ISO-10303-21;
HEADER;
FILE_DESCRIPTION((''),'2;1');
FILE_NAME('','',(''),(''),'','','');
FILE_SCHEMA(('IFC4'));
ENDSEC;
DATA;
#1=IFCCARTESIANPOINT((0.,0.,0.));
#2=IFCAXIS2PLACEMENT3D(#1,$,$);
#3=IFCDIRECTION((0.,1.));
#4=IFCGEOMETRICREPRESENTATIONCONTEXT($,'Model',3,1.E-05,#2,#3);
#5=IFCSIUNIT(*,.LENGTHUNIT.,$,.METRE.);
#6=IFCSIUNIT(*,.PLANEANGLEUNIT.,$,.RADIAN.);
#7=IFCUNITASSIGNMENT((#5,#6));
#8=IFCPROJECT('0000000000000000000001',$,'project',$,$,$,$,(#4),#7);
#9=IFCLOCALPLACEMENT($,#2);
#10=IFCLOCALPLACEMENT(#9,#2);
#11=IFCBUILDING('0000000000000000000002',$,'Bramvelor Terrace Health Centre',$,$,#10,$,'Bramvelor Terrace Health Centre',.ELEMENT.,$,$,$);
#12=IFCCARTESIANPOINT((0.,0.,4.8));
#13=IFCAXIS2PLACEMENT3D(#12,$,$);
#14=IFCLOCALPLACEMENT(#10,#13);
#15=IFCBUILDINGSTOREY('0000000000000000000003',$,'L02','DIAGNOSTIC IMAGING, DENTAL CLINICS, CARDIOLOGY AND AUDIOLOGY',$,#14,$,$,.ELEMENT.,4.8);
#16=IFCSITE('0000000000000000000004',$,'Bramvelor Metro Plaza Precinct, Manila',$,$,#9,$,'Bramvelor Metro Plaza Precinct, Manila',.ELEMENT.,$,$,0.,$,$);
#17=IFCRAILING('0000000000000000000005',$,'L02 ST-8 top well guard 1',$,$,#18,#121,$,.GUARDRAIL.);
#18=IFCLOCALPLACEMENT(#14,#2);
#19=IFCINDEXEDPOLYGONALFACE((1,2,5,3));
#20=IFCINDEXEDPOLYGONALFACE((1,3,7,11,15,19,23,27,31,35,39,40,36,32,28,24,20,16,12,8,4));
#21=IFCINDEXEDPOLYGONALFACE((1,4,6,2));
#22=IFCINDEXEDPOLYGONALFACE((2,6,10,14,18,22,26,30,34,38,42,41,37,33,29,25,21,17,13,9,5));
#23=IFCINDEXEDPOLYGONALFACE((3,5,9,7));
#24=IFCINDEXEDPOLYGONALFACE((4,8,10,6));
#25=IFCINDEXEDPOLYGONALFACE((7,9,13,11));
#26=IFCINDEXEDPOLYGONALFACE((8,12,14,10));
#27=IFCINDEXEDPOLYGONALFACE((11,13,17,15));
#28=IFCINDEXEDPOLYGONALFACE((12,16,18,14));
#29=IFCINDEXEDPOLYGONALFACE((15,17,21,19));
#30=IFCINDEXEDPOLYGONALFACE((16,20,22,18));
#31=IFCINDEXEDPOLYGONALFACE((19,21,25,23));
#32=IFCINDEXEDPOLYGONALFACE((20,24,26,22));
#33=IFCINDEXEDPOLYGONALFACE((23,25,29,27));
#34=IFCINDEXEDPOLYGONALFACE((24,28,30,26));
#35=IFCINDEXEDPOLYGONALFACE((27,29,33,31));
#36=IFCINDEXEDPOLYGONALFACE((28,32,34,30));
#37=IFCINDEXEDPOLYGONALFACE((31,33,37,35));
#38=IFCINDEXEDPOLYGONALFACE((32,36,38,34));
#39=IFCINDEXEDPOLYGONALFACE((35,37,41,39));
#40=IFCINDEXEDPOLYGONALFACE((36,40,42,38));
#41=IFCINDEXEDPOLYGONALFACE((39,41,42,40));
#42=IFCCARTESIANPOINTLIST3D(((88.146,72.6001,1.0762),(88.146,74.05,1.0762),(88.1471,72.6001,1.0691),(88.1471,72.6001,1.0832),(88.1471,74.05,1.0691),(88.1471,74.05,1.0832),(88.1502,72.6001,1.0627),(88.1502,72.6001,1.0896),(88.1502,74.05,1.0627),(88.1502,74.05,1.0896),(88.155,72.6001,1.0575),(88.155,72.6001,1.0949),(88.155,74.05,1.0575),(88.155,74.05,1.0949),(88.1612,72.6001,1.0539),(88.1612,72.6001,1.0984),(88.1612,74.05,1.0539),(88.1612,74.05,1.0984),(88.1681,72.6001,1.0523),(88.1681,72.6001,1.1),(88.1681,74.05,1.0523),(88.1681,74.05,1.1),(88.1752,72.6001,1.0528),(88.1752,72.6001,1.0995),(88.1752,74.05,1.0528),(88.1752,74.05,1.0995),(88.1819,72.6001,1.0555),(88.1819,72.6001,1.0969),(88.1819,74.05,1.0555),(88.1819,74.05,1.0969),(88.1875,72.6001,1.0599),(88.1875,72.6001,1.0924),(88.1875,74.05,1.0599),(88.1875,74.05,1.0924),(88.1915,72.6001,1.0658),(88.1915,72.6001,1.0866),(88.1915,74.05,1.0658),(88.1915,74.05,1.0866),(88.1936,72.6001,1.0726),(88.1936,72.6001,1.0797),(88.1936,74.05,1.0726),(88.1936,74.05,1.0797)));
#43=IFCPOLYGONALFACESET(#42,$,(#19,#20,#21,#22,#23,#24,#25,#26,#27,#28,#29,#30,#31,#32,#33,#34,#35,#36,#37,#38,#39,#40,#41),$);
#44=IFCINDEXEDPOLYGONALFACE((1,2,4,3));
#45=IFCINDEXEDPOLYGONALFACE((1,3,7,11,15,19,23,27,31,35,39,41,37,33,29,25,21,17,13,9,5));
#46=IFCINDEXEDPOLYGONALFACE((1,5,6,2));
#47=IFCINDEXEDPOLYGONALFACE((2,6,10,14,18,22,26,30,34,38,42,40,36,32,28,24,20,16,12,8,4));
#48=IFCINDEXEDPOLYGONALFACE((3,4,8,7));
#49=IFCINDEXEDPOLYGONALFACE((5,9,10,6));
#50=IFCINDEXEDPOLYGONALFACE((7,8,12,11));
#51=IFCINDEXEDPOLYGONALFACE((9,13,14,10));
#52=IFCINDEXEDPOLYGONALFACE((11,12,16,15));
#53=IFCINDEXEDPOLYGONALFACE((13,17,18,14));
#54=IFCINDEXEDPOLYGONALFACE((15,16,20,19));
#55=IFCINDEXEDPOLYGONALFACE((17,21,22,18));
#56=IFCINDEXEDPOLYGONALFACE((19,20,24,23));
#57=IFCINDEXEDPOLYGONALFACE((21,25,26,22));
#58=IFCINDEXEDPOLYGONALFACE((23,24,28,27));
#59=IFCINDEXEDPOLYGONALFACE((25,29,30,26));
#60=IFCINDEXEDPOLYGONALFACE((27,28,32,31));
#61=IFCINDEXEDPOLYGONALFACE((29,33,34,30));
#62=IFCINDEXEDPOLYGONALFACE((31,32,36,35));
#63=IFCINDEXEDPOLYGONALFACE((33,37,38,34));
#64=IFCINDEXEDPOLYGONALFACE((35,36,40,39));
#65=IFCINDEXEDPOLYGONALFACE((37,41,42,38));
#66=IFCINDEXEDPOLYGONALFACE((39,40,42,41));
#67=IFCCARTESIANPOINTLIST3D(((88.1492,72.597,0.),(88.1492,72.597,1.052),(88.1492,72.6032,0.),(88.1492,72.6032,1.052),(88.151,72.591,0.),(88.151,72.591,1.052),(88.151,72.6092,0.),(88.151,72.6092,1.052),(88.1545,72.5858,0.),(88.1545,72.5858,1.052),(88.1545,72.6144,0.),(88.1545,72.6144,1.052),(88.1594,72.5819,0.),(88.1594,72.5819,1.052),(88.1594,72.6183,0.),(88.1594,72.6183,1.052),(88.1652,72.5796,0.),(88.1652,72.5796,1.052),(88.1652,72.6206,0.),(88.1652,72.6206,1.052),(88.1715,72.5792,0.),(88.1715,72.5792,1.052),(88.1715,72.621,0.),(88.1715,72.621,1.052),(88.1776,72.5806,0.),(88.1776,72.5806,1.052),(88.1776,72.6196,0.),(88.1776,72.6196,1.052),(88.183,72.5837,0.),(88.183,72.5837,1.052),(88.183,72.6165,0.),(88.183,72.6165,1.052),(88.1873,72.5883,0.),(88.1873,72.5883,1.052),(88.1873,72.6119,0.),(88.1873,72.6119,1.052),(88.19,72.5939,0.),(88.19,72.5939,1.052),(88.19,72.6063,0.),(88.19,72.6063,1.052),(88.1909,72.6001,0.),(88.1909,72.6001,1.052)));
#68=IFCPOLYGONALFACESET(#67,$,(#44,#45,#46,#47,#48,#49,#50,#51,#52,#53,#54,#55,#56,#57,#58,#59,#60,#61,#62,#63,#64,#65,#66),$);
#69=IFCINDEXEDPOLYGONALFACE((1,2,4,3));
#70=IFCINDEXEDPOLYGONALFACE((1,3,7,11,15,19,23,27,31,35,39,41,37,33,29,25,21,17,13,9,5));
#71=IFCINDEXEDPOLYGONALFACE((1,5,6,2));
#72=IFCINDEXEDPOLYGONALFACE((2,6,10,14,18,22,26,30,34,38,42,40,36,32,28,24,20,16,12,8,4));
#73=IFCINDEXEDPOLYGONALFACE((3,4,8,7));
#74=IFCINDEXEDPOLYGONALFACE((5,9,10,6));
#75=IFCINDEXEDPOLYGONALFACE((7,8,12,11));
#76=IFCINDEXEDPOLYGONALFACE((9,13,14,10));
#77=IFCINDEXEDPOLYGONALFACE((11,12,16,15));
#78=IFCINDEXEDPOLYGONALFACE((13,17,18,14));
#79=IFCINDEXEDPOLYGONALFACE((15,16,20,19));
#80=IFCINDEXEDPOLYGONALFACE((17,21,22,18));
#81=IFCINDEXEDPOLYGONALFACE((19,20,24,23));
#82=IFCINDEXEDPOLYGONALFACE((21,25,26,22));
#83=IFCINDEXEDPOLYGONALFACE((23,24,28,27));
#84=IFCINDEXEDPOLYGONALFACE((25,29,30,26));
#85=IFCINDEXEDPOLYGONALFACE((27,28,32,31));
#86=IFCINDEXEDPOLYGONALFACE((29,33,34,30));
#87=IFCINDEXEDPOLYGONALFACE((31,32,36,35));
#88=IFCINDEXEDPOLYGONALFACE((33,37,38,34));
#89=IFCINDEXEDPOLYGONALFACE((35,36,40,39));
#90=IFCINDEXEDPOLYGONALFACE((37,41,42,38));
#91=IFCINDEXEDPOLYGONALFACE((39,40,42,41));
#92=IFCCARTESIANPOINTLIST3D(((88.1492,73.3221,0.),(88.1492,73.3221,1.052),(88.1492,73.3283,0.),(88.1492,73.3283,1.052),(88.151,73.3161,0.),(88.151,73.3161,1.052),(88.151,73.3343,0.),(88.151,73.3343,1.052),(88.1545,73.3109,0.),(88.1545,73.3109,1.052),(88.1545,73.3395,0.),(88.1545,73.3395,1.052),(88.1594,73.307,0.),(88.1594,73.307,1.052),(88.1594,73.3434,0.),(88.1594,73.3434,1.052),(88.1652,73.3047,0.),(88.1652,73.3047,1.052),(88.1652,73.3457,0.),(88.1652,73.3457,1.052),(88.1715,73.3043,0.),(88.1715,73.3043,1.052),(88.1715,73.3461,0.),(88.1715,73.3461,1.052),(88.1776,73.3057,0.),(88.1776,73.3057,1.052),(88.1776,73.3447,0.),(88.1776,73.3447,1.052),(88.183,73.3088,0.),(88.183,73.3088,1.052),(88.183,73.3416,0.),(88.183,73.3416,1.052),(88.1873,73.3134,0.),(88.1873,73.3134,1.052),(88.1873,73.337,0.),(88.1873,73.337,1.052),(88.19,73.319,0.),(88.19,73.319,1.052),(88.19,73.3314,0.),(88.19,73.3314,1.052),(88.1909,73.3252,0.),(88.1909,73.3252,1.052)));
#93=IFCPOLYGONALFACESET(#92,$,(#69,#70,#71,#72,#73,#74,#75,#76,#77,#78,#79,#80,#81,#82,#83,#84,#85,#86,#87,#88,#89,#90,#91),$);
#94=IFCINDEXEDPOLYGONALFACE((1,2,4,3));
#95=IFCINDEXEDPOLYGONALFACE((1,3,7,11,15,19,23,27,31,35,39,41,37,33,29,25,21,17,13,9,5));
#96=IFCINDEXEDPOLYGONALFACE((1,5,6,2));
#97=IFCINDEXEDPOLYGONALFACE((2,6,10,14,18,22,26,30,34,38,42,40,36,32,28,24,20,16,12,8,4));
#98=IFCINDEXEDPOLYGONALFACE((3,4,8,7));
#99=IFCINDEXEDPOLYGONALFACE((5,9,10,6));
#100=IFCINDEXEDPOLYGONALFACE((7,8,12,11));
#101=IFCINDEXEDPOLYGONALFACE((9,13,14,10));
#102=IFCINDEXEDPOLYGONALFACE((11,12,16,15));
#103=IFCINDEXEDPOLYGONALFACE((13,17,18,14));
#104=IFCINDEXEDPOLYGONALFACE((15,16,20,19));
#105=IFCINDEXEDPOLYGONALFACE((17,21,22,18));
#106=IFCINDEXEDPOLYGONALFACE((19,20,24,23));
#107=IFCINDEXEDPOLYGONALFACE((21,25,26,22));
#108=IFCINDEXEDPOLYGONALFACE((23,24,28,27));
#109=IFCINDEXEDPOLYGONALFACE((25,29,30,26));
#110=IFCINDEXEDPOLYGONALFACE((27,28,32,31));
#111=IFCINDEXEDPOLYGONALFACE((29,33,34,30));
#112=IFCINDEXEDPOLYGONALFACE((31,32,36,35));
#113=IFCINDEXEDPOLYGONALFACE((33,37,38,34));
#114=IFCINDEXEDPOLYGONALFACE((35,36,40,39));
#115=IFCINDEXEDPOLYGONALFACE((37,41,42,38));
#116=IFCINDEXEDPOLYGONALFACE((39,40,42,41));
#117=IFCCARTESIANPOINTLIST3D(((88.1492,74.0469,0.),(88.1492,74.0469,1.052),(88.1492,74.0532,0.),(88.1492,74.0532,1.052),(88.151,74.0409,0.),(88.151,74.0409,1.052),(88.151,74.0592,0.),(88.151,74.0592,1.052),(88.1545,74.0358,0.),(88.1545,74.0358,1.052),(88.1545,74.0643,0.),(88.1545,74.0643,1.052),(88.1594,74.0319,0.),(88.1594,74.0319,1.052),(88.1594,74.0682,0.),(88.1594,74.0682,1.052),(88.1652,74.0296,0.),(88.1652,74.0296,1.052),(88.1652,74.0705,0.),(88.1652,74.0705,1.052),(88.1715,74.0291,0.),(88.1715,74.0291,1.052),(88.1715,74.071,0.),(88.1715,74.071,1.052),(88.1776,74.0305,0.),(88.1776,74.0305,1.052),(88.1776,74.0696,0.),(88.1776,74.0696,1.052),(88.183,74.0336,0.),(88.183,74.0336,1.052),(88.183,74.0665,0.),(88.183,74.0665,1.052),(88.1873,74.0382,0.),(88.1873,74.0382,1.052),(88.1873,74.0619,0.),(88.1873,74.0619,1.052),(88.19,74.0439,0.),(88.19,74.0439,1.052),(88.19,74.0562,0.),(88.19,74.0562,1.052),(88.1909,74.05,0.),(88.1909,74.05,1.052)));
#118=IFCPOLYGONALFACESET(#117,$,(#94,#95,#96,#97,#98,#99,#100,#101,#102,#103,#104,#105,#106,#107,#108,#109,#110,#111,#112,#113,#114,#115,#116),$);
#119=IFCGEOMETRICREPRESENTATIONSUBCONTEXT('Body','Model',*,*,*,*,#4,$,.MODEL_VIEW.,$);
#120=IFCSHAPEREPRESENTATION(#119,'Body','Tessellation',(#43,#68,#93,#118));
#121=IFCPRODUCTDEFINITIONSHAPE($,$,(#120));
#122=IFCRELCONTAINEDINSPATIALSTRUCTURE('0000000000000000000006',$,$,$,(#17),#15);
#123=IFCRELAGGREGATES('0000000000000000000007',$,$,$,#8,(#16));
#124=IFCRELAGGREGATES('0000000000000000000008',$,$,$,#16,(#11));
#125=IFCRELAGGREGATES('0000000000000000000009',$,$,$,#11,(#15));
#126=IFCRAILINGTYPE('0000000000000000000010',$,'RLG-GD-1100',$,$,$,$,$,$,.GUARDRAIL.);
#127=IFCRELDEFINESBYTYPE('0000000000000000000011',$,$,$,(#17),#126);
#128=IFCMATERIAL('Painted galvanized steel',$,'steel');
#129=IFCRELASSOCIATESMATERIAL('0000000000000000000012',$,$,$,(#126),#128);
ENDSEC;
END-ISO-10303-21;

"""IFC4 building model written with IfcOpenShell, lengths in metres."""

from ifc_helpers import new_model, si_unit, direction, frame, origin, origin_2d, place, context, subcontext, project, spatial, circle, extrude, material, type_object, element, save


model = new_model("IFC4")

# Units and contexts
model_context = context("Model", 3, precision=1e-05, world=origin(), true_north=direction((0.0, 1.0)))
body_context = subcontext(model_context, "Body", "Model", "MODEL_VIEW")
ifc_project = project(units=[si_unit("LENGTHUNIT", "METRE"), si_unit("PLANEANGLEUNIT", "RADIAN")], contexts=[model_context])

# Site, building, storey
site_placement = place(None, origin())
site = spatial("IfcSite", under=ifc_project, at=site_placement, Name="Bramvelor Metro Plaza Precinct, Manila", LongName="Bramvelor Metro Plaza Precinct, Manila", CompositionType="ELEMENT", RefElevation=0.0)
building_placement = place(site_placement, origin())
building = spatial("IfcBuilding", under=site, at=building_placement, Name="Bramvelor Terrace Health Centre", LongName="Bramvelor Terrace Health Centre", CompositionType="ELEMENT")
storey_placement = place(building_placement, frame((0.0, 0.0, 4.8)))
storey = spatial("IfcBuildingStorey", under=building, at=storey_placement, Name="L02", Description="DIAGNOSTIC IMAGING, DENTAL CLINICS, CARDIOLOGY AND AUDIOLOGY", CompositionType="ELEMENT", Elevation=4.8)

# Railing
ifc_material_1 = material(Name="Painted galvanized steel", Category="steel")
railing_type = type_object("IfcRailingType", Name="RLG-GD-1100", PredefinedType="GUARDRAIL", material=ifc_material_1)
railing_placement = place(storey_placement, frame((88.1699, 72.6001, 0.0)))
element("IfcRailing", 1, at=railing_placement, inside=storey, type_object=railing_type, Name="L02 ST-8 top well guard 1", PredefinedType="GUARDRAIL", context=body_context, shape_type="SweptSolid", body=[
    extrude(circle(Radius=0.0239, at=origin_2d()), frame((0.0, 0.0, 1.0762), z_axis=(0.0, 1.0, 0.0), x_axis=(-1.0, 0.0, 0.0)), (0.0, 0.0, 1.0), 1.45),
    extrude(circle(Radius=0.021, at=origin_2d()), origin(), (0.0, 0.0, 1.0), 1.052),
    extrude(circle(Radius=0.021, at=origin_2d()), frame((0.0, 0.7251, 0.0)), (0.0, 0.0, 1.0), 1.052),
    extrude(circle(Radius=0.021, at=origin_2d()), frame((0.0, 1.45, 0.0)), (0.0, 0.0, 1.0), 1.052),
])

save(model, "model.ifc")
